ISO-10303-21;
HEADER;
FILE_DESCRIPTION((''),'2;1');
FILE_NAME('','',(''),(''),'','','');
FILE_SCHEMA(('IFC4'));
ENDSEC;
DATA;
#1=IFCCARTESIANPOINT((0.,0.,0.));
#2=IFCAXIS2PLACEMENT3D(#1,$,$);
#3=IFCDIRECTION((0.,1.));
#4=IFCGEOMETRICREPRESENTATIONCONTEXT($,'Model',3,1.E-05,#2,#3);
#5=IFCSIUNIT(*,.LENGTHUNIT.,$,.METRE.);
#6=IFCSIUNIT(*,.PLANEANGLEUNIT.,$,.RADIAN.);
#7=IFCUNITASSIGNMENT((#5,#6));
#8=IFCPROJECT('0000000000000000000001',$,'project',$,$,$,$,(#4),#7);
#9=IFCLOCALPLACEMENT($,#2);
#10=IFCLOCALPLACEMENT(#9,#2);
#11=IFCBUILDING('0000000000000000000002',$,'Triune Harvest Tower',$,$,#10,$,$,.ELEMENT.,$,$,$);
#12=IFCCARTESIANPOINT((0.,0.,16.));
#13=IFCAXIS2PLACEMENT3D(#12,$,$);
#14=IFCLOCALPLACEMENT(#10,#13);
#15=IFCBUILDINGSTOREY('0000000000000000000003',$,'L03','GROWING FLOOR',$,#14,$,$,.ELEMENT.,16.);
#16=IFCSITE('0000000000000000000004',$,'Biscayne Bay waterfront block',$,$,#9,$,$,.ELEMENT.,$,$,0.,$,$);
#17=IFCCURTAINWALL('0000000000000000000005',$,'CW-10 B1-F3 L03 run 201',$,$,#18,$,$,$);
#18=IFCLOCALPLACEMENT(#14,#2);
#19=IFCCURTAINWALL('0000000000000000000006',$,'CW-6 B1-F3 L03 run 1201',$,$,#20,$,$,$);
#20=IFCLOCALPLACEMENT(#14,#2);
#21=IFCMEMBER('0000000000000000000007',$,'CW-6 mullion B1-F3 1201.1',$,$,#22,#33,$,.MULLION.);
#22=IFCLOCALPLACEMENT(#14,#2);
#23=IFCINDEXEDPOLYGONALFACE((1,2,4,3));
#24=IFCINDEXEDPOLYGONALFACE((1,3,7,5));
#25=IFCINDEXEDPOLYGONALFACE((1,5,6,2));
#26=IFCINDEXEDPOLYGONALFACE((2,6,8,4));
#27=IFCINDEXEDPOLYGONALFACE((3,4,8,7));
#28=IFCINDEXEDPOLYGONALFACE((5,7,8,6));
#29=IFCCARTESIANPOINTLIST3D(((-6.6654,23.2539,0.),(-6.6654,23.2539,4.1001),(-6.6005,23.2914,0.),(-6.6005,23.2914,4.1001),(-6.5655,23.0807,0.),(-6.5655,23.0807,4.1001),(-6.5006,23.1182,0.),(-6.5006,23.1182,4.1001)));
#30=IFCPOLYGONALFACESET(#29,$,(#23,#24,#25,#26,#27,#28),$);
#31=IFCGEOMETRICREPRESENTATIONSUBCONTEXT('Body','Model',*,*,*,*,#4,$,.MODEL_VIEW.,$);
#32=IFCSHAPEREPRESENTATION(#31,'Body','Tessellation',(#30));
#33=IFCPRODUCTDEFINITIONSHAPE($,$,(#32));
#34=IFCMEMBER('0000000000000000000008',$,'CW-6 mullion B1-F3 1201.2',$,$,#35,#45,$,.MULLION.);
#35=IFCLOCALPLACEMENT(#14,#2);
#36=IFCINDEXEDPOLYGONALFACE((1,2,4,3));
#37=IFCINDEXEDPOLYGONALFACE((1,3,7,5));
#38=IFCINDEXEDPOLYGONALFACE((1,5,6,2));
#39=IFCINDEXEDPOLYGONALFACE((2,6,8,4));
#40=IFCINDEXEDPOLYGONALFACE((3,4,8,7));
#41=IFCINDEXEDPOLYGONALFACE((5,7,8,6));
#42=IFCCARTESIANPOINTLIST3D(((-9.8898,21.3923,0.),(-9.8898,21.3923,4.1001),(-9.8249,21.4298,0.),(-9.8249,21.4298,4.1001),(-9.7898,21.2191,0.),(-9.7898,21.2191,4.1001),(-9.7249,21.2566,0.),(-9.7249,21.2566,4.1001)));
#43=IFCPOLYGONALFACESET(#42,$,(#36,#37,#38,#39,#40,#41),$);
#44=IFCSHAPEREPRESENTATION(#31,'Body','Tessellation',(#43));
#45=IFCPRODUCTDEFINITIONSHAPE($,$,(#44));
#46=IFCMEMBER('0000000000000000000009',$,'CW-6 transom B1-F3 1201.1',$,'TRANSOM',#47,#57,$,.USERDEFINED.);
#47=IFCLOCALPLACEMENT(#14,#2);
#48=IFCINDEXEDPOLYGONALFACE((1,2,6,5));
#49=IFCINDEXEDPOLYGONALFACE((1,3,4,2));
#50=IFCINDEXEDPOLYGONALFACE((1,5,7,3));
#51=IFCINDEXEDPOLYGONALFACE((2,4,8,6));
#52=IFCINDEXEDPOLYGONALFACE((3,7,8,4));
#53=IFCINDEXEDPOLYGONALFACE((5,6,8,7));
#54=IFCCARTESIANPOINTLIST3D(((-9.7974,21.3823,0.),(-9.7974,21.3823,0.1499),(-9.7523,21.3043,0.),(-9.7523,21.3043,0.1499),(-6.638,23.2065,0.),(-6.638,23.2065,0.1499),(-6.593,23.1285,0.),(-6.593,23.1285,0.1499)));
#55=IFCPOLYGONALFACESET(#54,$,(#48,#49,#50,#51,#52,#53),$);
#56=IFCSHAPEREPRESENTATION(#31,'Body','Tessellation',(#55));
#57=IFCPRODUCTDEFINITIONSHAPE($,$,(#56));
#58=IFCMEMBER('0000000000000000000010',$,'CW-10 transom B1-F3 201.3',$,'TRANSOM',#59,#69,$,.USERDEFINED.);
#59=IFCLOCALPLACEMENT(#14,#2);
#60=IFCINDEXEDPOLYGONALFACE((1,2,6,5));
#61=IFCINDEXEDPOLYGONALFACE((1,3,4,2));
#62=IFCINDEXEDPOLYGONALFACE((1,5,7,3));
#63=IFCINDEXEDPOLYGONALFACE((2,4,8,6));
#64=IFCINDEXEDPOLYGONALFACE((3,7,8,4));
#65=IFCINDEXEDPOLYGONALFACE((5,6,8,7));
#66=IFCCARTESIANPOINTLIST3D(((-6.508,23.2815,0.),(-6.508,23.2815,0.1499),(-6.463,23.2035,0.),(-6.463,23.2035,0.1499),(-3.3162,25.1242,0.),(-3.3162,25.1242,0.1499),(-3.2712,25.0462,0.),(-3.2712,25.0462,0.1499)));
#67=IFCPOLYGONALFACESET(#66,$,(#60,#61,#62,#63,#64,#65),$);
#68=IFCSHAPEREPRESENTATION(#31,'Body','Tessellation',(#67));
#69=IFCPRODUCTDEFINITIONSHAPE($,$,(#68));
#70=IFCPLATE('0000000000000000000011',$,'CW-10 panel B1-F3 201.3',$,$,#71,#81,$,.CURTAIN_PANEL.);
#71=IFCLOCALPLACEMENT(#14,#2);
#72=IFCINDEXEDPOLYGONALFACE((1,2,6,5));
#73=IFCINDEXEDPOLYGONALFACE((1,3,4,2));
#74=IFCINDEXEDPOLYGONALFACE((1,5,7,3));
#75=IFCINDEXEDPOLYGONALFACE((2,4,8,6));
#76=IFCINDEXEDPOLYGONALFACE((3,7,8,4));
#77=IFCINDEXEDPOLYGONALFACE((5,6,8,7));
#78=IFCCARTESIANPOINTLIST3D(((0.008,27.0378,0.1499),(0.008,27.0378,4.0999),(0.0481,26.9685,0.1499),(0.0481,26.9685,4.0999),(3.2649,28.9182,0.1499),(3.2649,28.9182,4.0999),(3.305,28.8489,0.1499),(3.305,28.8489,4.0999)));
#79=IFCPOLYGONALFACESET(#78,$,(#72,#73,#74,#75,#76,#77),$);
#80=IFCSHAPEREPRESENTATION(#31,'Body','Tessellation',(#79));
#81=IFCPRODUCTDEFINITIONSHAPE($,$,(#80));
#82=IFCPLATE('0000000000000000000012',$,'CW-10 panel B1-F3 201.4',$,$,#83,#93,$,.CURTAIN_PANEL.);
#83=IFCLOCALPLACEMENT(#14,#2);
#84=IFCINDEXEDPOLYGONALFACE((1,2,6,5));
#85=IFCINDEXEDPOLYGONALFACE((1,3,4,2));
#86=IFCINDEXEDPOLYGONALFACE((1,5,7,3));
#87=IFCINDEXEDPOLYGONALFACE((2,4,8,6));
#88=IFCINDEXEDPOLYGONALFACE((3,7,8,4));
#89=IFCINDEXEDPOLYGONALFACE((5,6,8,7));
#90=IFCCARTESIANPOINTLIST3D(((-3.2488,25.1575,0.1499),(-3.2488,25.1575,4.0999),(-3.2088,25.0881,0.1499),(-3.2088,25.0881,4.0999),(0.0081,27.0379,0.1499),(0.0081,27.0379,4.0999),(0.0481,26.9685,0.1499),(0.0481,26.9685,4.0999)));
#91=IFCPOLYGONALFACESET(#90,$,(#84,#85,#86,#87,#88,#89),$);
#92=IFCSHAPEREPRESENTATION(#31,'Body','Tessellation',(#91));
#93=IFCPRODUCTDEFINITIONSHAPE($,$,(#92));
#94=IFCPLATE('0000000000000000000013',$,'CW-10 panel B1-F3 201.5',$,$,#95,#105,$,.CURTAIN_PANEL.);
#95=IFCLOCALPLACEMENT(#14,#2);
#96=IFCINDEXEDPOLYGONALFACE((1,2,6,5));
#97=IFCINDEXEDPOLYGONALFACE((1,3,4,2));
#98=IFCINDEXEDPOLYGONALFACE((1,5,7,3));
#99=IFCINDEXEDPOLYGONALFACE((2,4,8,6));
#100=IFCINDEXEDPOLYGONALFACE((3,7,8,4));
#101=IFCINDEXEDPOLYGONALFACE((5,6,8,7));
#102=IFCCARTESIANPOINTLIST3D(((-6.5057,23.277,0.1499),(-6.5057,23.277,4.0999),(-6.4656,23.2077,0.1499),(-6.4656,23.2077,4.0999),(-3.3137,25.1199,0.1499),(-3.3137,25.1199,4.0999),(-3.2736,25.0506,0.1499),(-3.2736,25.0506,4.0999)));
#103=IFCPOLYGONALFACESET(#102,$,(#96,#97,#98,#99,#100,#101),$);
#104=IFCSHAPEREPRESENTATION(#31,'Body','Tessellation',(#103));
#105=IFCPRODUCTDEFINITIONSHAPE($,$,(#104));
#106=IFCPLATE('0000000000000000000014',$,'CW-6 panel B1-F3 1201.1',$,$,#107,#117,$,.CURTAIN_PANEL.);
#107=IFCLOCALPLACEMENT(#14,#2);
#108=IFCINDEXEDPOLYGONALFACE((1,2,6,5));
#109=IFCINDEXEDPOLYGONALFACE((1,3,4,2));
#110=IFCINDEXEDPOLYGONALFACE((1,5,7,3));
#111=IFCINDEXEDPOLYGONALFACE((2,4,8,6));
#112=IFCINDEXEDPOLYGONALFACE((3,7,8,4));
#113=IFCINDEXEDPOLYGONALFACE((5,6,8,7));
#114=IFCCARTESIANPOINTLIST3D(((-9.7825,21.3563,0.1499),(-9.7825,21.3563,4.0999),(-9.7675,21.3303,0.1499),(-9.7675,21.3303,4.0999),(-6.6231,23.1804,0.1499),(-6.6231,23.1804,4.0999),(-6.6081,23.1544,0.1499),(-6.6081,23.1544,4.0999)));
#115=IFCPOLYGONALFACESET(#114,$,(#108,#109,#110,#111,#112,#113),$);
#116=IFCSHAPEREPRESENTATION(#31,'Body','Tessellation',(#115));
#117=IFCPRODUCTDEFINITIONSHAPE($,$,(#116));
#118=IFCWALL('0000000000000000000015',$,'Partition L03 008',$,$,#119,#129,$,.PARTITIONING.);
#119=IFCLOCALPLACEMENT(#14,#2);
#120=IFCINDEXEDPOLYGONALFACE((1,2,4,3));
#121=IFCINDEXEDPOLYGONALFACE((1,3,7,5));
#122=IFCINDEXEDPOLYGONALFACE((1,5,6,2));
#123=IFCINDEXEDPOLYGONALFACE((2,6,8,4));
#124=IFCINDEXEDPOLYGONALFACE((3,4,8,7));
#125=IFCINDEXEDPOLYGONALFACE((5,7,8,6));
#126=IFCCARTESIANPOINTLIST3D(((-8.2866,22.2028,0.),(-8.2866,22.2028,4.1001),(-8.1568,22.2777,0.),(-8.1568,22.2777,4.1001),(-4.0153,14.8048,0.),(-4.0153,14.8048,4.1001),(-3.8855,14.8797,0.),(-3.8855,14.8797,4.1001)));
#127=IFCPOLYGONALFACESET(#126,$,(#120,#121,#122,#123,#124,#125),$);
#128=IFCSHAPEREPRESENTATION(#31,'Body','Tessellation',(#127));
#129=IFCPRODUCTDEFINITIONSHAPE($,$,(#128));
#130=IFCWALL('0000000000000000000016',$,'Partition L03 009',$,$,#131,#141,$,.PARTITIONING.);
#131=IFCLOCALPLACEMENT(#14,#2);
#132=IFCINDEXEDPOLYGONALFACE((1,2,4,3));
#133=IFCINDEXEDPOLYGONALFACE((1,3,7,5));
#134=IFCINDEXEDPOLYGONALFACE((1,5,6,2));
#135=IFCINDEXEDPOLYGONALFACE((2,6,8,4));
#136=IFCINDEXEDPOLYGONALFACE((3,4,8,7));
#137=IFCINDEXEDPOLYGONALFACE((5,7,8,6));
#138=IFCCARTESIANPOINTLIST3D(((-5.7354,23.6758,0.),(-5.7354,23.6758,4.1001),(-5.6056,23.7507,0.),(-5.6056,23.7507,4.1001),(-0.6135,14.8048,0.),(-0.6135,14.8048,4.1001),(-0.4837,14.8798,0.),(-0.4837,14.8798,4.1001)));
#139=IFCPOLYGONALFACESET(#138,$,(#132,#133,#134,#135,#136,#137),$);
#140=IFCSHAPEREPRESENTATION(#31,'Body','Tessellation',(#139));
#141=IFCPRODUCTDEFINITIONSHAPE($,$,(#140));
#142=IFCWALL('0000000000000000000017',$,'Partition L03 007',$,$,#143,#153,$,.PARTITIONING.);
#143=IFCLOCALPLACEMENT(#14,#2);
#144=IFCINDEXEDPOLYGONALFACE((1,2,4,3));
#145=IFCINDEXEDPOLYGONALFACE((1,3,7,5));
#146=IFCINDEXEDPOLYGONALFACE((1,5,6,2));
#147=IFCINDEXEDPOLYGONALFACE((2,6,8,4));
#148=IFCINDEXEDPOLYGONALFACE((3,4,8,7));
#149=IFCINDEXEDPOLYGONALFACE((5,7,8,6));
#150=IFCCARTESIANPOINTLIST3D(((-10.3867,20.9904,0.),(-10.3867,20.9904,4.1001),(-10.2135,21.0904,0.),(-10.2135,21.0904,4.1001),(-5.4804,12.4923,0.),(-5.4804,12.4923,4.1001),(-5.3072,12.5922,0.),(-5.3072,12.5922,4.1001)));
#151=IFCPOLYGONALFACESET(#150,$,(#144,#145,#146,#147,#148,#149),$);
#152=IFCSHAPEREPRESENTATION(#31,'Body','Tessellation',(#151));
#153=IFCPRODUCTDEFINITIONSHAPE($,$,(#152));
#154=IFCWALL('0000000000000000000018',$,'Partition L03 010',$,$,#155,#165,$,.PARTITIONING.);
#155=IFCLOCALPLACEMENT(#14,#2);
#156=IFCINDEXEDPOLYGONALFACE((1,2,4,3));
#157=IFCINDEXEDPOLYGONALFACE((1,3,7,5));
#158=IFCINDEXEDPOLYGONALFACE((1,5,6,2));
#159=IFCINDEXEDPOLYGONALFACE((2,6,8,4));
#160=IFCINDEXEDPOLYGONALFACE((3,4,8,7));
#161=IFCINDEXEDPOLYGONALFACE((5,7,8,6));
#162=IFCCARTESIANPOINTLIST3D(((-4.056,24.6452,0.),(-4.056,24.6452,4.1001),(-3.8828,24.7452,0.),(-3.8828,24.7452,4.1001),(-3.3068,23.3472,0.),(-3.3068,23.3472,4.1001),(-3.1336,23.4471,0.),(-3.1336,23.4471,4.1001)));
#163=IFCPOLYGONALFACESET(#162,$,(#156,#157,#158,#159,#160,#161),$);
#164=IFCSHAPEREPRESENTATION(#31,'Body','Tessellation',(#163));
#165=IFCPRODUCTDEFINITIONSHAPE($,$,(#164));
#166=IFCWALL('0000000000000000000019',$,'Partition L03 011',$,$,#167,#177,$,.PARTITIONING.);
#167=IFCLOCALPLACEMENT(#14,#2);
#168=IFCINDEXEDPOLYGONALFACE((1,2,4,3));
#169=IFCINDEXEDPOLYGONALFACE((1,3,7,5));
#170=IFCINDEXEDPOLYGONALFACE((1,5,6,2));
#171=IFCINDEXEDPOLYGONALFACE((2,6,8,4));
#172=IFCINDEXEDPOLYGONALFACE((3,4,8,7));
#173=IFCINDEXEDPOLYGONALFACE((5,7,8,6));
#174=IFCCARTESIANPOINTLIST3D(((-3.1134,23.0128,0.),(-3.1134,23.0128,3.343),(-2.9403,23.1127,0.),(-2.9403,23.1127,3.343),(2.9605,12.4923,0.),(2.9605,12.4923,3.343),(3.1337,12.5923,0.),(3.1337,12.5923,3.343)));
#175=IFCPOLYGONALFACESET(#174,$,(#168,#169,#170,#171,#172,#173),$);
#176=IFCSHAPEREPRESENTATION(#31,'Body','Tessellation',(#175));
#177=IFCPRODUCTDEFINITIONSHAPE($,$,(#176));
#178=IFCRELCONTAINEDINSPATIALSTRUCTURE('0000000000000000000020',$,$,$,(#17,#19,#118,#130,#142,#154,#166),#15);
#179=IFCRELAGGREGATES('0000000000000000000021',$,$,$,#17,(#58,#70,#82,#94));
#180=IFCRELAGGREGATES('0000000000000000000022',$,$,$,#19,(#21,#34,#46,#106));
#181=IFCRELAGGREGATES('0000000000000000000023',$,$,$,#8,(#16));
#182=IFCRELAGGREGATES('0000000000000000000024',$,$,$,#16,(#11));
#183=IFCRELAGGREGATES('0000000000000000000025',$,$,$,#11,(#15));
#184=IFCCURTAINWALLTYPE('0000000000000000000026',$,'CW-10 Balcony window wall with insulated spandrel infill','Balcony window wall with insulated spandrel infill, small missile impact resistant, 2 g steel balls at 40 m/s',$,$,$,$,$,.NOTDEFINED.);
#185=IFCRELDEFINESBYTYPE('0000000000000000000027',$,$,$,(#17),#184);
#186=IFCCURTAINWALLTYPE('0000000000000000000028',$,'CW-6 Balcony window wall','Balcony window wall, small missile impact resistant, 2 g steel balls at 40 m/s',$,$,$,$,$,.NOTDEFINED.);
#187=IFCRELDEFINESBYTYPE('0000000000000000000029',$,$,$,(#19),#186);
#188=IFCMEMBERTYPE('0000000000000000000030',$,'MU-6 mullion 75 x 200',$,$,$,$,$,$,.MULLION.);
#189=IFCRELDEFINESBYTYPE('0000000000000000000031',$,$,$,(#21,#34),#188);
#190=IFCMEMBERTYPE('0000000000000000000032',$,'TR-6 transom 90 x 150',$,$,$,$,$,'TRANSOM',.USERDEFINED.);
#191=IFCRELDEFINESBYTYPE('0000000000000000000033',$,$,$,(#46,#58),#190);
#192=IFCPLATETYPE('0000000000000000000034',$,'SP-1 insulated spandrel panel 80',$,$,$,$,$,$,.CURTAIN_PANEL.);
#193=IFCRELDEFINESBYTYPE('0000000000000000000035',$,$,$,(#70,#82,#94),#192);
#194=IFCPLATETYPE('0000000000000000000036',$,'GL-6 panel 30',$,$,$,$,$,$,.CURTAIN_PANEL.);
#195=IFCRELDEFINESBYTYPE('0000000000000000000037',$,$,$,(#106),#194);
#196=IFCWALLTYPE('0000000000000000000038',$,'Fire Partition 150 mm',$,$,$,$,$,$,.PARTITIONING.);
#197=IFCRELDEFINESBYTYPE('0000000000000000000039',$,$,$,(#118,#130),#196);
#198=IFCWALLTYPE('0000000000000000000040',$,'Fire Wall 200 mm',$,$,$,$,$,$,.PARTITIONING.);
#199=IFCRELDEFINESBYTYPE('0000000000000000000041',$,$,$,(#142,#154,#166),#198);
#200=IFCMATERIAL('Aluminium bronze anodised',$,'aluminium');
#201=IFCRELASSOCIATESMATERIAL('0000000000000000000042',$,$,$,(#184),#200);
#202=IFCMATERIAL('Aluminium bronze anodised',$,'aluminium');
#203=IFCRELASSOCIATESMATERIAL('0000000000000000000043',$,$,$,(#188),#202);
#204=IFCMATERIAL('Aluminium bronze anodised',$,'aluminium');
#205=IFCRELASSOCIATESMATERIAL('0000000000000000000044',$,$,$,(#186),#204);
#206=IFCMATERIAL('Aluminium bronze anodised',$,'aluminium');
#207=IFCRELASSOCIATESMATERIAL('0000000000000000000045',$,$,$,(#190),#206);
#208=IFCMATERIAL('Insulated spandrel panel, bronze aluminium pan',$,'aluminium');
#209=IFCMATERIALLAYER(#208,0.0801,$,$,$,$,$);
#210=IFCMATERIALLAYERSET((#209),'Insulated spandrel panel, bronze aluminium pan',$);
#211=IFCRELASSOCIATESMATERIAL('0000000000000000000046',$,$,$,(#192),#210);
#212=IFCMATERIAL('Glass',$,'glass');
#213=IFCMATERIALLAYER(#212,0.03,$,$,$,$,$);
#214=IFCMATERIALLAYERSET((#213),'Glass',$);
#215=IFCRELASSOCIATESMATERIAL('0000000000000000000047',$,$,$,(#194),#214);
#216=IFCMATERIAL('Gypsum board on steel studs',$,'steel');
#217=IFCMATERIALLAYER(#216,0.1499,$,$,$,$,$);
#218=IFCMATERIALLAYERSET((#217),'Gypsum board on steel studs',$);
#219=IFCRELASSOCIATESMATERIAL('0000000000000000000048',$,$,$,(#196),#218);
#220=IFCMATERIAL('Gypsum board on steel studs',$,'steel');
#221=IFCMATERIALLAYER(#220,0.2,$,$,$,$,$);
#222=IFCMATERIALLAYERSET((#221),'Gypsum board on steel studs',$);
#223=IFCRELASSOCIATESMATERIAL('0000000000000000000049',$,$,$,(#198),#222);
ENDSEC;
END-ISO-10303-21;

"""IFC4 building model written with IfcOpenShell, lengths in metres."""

from ifc_helpers import new_model, si_unit, direction, frame, frame_2d, origin, origin_2d, place, context, subcontext, project, spatial, rectangle, extrude, source, transform, mapped, material, layer, layer_set, material_profile, profile_set, type_object, element, aggregate, save


model = new_model("IFC4")

# Units and contexts
model_context = context("Model", 3, precision=1e-05, world=origin(), true_north=direction((0.0, 1.0)))
body_context = subcontext(model_context, "Body", "Model", "MODEL_VIEW")
ifc_project = project(units=[si_unit("LENGTHUNIT", "METRE"), si_unit("PLANEANGLEUNIT", "RADIAN")], contexts=[model_context])

# Site, building, storey
site_placement = place(None, origin())
site = spatial("IfcSite", under=ifc_project, at=site_placement, Name="Biscayne Bay waterfront block", CompositionType="ELEMENT", RefElevation=0.0)
building_placement = place(site_placement, origin())
building = spatial("IfcBuilding", under=site, at=building_placement, Name="Triune Harvest Tower", CompositionType="ELEMENT")
storey_placement = place(building_placement, frame((0.0, 0.0, 16.0)))
storey = spatial("IfcBuildingStorey", under=building, at=storey_placement, Name="L03", Description="GROWING FLOOR", CompositionType="ELEMENT", Elevation=16.0)

# Curtain walls, members
ifc_material_1 = material(Name="Aluminium bronze anodised", Category="aluminium")
curtain_wall_type_1 = type_object("IfcCurtainWallType", Name="CW-10 Balcony window wall with insulated spandrel infill", Description="Balcony window wall with insulated spandrel infill, small missile impact resistant, 2 g steel balls at 40 m/s", PredefinedType="NOTDEFINED", material=ifc_material_1)
curtain_wall_1_placement = place(storey_placement, origin())
curtain_wall_1 = element("IfcCurtainWall", 1, at=curtain_wall_1_placement, inside=storey, type_object=curtain_wall_type_1, Name="CW-10 B1-F3 L03 run 201")
ifc_material_2 = material(Name="Aluminium bronze anodised", Category="aluminium")
ifc_material_profile_1 = material_profile(ifc_material_2, rectangle(XDim=0.2, YDim=0.075, at=origin_2d()), Name="MU-6 mullion 75 x 200")
ifc_profile_set_1 = profile_set([ifc_material_profile_1], Name="Aluminium bronze anodised")
member_type_1 = type_object("IfcMemberType", Name="MU-6 mullion 75 x 200", PredefinedType="MULLION", material=ifc_profile_set_1)
shared_shape_1 = source(origin(), body_context, "Body", "SweptSolid", [
    extrude(rectangle(XDim=0.2, YDim=0.075, at=origin_2d()), origin(), (0.0, 0.0, 1.0), 4.1001),
])
ifc_material_3 = material(Name="Aluminium bronze anodised", Category="aluminium")
curtain_wall_type_2 = type_object("IfcCurtainWallType", Name="CW-6 Balcony window wall", Description="Balcony window wall, small missile impact resistant, 2 g steel balls at 40 m/s", PredefinedType="NOTDEFINED", material=ifc_material_3)
curtain_wall_2_placement = place(storey_placement, origin())
curtain_wall_2 = element("IfcCurtainWall", 2, at=curtain_wall_2_placement, inside=storey, type_object=curtain_wall_type_2, Name="CW-6 B1-F3 L03 run 1201")
member_1_placement = place(storey_placement, frame((-6.583, 23.186, 0.0), z_axis=(0.0, 0.0, 1.0), x_axis=(0.499993, -0.86603, 0.0)))
member_1 = element("IfcMember", 3, at=member_1_placement, type_object=member_type_1, Name="CW-6 mullion B1-F3 1201.1", PredefinedType="MULLION", context=body_context, shape_type="MappedRepresentation", body=[
    mapped(shared_shape_1, transform((0.0, 0.0, 0.0), scale=1.0)),
])
member_2_placement = place(storey_placement, frame((-9.8074, 21.3245, 0.0), z_axis=(0.0, 0.0, 1.0), x_axis=(0.499993, -0.86603, 0.0)))
member_2 = element("IfcMember", 4, at=member_2_placement, type_object=member_type_1, Name="CW-6 mullion B1-F3 1201.2", PredefinedType="MULLION", context=body_context, shape_type="MappedRepresentation", body=[
    mapped(shared_shape_1, transform((0.0, 0.0, 0.0), scale=1.0)),
])
ifc_material_4 = material(Name="Aluminium bronze anodised", Category="aluminium")
ifc_material_profile_2 = material_profile(ifc_material_4, rectangle(XDim=0.0901, YDim=0.1499, at=origin_2d()), Name="TR-6 transom 90 x 150")
ifc_profile_set_2 = profile_set([ifc_material_profile_2], Name="Aluminium bronze anodised")
member_type_2 = type_object("IfcMemberType", Name="TR-6 transom 90 x 150", ElementType="TRANSOM", PredefinedType="USERDEFINED", material=ifc_profile_set_2)
shared_shape_2 = source(origin(), body_context, "Body", "SweptSolid", [
    extrude(rectangle(XDim=0.0901, YDim=0.1499, at=origin_2d()), origin(), (0.0, 0.0, 1.0), 3.6482),
])
member_3_placement = place(storey_placement, frame((-6.6155, 23.1675, 0.075), z_axis=(-0.866011, -0.500026, 0.0), x_axis=(0.500026, -0.866011, 0.0)))
member_3 = element("IfcMember", 5, at=member_3_placement, type_object=member_type_2, Name="CW-6 transom B1-F3 1201.1", ObjectType="TRANSOM", PredefinedType="USERDEFINED", context=body_context, shape_type="MappedRepresentation", body=[
    mapped(shared_shape_2, transform((0.0, 0.0, 0.0), scale=1.0)),
])

# Member
shared_shape_3 = source(origin(), body_context, "Body", "SweptSolid", [
    extrude(rectangle(XDim=0.0901, YDim=0.1499, at=origin_2d()), origin(), (0.0, 0.0, 1.0), 3.6855),
])
member_4_placement = place(storey_placement, frame((-3.2937, 25.0852, 0.075), z_axis=(-0.866033, -0.499986, 0.0), x_axis=(0.499986, -0.866033, 0.0)))
member_4 = element("IfcMember", 6, at=member_4_placement, type_object=member_type_2, Name="CW-10 transom B1-F3 201.3", ObjectType="TRANSOM", PredefinedType="USERDEFINED", context=body_context, shape_type="MappedRepresentation", body=[
    mapped(shared_shape_3, transform((0.0, 0.0, 0.0), scale=1.0)),
])

# Plates
ifc_material_5 = material(Name="Insulated spandrel panel, bronze aluminium pan", Category="aluminium")
ifc_layer_1 = layer(ifc_material_5, 0.0801)
ifc_layer_set_1 = layer_set([ifc_layer_1], Name="Insulated spandrel panel, bronze aluminium pan")
plate_type_1 = type_object("IfcPlateType", Name="SP-1 insulated spandrel panel 80", PredefinedType="CURTAIN_PANEL", material=ifc_layer_set_1)
shared_shape_4 = source(origin(), body_context, "Body", "SweptSolid", [
    extrude(rectangle(XDim=3.7607, YDim=0.0801, at=origin_2d()), origin(), (0.0, 0.0, 1.0), 3.95),
])
plate_1_placement = place(storey_placement, frame((1.6565, 27.9434, 0.1499), z_axis=(0.0, 0.0, 1.0), x_axis=(-0.866023, -0.500004, 0.0)))
plate_1 = element("IfcPlate", 7, at=plate_1_placement, type_object=plate_type_1, Name="CW-10 panel B1-F3 201.3", PredefinedType="CURTAIN_PANEL", context=body_context, shape_type="MappedRepresentation", body=[
    mapped(shared_shape_4, transform((0.0, 0.0, 0.0), scale=1.0)),
])
plate_2_placement = place(storey_placement, frame((-1.6003, 26.063, 0.1499), z_axis=(0.0, 0.0, 1.0), x_axis=(-0.866023, -0.500004, 0.0)))
plate_2 = element("IfcPlate", 8, at=plate_2_placement, type_object=plate_type_1, Name="CW-10 panel B1-F3 201.4", PredefinedType="CURTAIN_PANEL", context=body_context, shape_type="MappedRepresentation", body=[
    mapped(shared_shape_4, transform((0.0, 0.0, 0.0), scale=1.0)),
])
shared_shape_5 = source(origin(), body_context, "Body", "SweptSolid", [
    extrude(rectangle(XDim=3.6858, YDim=0.0801, at=origin_2d()), origin(), (0.0, 0.0, 1.0), 3.95),
])
plate_3_placement = place(storey_placement, frame((-4.8896, 24.1638, 0.1499), z_axis=(0.0, 0.0, 1.0), x_axis=(-0.866023, -0.500004, 0.0)))
plate_3 = element("IfcPlate", 9, at=plate_3_placement, type_object=plate_type_1, Name="CW-10 panel B1-F3 201.5", PredefinedType="CURTAIN_PANEL", context=body_context, shape_type="MappedRepresentation", body=[
    mapped(shared_shape_5, transform((0.0, 0.0, 0.0), scale=1.0)),
])
aggregate(curtain_wall_1, [member_4, plate_1, plate_2, plate_3])
ifc_material_6 = material(Name="Glass", Category="glass")
ifc_layer_2 = layer(ifc_material_6, 0.03)
ifc_layer_set_2 = layer_set([ifc_layer_2], Name="Glass")
plate_type_2 = type_object("IfcPlateType", Name="GL-6 panel 30", PredefinedType="CURTAIN_PANEL", material=ifc_layer_set_2)
shared_shape_6 = source(origin(), body_context, "Body", "SweptSolid", [
    extrude(rectangle(XDim=3.6482, YDim=0.03, at=origin_2d()), origin(), (0.0, 0.0, 1.0), 3.95),
])
plate_4_placement = place(storey_placement, frame((-8.1953, 22.2554, 0.1499), z_axis=(0.0, 0.0, 1.0), x_axis=(-0.86603, -0.499993, 0.0)))
plate_4 = element("IfcPlate", 10, at=plate_4_placement, type_object=plate_type_2, Name="CW-6 panel B1-F3 1201.1", PredefinedType="CURTAIN_PANEL", context=body_context, shape_type="MappedRepresentation", body=[
    mapped(shared_shape_6, transform((0.0, 0.0, 0.0), scale=1.0)),
])
aggregate(curtain_wall_2, [member_1, member_2, member_3, plate_4])

# Walls
ifc_material_7 = material(Name="Gypsum board on steel studs", Category="steel")
ifc_layer_3 = layer(ifc_material_7, 0.1499)
ifc_layer_set_3 = layer_set([ifc_layer_3], Name="Gypsum board on steel studs")
wall_type_1 = type_object("IfcWallType", Name="Fire Partition 150 mm", PredefinedType="PARTITIONING", material=ifc_layer_set_3)
wall_1_placement = place(storey_placement, frame((-8.2217, 22.2402, 0.0), z_axis=(0.0, 0.0, 1.0), x_axis=(0.500003, -0.866024, 0.0)))
element("IfcWall", 11, at=wall_1_placement, inside=storey, type_object=wall_type_1, Name="Partition L03 008", PredefinedType="PARTITIONING", context=body_context, shape_type="SweptSolid", body=[
    extrude(rectangle(XDim=8.5425, YDim=0.1499, at=frame_2d((4.2712, 0.0))), origin(), (0.0, 0.0, 1.0), 4.1001),
])
wall_2_placement = place(storey_placement, frame((-5.6704, 23.7131, 0.0), z_axis=(0.0, 0.0, 1.0), x_axis=(0.500017, -0.866015, 0.0)))
element("IfcWall", 12, at=wall_2_placement, inside=storey, type_object=wall_type_1, Name="Partition L03 009", PredefinedType="PARTITIONING", context=body_context, shape_type="SweptSolid", body=[
    extrude(rectangle(XDim=10.2434, YDim=0.1499, at=frame_2d((5.1216, 0.0))), origin(), (0.0, 0.0, 1.0), 4.1001),
])
ifc_material_8 = material(Name="Gypsum board on steel studs", Category="steel")
ifc_layer_4 = layer(ifc_material_8, 0.2)
ifc_layer_set_4 = layer_set([ifc_layer_4], Name="Gypsum board on steel studs")
wall_type_2 = type_object("IfcWallType", Name="Fire Wall 200 mm", PredefinedType="PARTITIONING", material=ifc_layer_set_4)
shared_shape_7 = source(origin(), body_context, "Body", "SweptSolid", [
    extrude(rectangle(XDim=9.8127, YDim=0.2, at=frame_2d((4.9062, 0.0))), origin(), (0.0, 0.0, 1.0), 4.1001),
])
wall_3_placement = place(storey_placement, frame((-10.3, 21.0403, 0.0), z_axis=(0.0, 0.0, 1.0), x_axis=(0.499992, -0.86603, 0.0)))
element("IfcWall", 13, at=wall_3_placement, inside=storey, type_object=wall_type_2, Name="Partition L03 007", PredefinedType="PARTITIONING", context=body_context, shape_type="MappedRepresentation", body=[
    mapped(shared_shape_7, transform((0.0, 0.0, 0.0), scale=1.0)),
])
shared_shape_8 = source(origin(), body_context, "Body", "SweptSolid", [
    extrude(rectangle(XDim=1.4988, YDim=0.2, at=frame_2d((0.7495, 0.0))), origin(), (0.0, 0.0, 1.0), 4.1001),
])
wall_4_placement = place(storey_placement, frame((-3.9695, 24.6953, 0.0), z_axis=(0.0, 0.0, 1.0), x_axis=(0.499906, -0.86608, 0.0)))
element("IfcWall", 14, at=wall_4_placement, inside=storey, type_object=wall_type_2, Name="Partition L03 010", PredefinedType="PARTITIONING", context=body_context, shape_type="MappedRepresentation", body=[
    mapped(shared_shape_8, transform((0.0, 0.0, 0.0), scale=1.0)),
])
shared_shape_9 = source(origin(), body_context, "Body", "SweptSolid", [
    extrude(rectangle(XDim=12.1479, YDim=0.2, at=frame_2d((6.074, 0.0))), origin(), (0.0, 0.0, 1.0), 3.343),
])
wall_5_placement = place(storey_placement, frame((-3.0269, 23.0627, 0.0), z_axis=(0.0, 0.0, 1.0), x_axis=(0.499997, -0.866027, 0.0)))
element("IfcWall", 15, at=wall_5_placement, inside=storey, type_object=wall_type_2, Name="Partition L03 011", PredefinedType="PARTITIONING", context=body_context, shape_type="MappedRepresentation", body=[
    mapped(shared_shape_9, transform((0.0, 0.0, 0.0), scale=1.0)),
])

save(model, "model.ifc")
